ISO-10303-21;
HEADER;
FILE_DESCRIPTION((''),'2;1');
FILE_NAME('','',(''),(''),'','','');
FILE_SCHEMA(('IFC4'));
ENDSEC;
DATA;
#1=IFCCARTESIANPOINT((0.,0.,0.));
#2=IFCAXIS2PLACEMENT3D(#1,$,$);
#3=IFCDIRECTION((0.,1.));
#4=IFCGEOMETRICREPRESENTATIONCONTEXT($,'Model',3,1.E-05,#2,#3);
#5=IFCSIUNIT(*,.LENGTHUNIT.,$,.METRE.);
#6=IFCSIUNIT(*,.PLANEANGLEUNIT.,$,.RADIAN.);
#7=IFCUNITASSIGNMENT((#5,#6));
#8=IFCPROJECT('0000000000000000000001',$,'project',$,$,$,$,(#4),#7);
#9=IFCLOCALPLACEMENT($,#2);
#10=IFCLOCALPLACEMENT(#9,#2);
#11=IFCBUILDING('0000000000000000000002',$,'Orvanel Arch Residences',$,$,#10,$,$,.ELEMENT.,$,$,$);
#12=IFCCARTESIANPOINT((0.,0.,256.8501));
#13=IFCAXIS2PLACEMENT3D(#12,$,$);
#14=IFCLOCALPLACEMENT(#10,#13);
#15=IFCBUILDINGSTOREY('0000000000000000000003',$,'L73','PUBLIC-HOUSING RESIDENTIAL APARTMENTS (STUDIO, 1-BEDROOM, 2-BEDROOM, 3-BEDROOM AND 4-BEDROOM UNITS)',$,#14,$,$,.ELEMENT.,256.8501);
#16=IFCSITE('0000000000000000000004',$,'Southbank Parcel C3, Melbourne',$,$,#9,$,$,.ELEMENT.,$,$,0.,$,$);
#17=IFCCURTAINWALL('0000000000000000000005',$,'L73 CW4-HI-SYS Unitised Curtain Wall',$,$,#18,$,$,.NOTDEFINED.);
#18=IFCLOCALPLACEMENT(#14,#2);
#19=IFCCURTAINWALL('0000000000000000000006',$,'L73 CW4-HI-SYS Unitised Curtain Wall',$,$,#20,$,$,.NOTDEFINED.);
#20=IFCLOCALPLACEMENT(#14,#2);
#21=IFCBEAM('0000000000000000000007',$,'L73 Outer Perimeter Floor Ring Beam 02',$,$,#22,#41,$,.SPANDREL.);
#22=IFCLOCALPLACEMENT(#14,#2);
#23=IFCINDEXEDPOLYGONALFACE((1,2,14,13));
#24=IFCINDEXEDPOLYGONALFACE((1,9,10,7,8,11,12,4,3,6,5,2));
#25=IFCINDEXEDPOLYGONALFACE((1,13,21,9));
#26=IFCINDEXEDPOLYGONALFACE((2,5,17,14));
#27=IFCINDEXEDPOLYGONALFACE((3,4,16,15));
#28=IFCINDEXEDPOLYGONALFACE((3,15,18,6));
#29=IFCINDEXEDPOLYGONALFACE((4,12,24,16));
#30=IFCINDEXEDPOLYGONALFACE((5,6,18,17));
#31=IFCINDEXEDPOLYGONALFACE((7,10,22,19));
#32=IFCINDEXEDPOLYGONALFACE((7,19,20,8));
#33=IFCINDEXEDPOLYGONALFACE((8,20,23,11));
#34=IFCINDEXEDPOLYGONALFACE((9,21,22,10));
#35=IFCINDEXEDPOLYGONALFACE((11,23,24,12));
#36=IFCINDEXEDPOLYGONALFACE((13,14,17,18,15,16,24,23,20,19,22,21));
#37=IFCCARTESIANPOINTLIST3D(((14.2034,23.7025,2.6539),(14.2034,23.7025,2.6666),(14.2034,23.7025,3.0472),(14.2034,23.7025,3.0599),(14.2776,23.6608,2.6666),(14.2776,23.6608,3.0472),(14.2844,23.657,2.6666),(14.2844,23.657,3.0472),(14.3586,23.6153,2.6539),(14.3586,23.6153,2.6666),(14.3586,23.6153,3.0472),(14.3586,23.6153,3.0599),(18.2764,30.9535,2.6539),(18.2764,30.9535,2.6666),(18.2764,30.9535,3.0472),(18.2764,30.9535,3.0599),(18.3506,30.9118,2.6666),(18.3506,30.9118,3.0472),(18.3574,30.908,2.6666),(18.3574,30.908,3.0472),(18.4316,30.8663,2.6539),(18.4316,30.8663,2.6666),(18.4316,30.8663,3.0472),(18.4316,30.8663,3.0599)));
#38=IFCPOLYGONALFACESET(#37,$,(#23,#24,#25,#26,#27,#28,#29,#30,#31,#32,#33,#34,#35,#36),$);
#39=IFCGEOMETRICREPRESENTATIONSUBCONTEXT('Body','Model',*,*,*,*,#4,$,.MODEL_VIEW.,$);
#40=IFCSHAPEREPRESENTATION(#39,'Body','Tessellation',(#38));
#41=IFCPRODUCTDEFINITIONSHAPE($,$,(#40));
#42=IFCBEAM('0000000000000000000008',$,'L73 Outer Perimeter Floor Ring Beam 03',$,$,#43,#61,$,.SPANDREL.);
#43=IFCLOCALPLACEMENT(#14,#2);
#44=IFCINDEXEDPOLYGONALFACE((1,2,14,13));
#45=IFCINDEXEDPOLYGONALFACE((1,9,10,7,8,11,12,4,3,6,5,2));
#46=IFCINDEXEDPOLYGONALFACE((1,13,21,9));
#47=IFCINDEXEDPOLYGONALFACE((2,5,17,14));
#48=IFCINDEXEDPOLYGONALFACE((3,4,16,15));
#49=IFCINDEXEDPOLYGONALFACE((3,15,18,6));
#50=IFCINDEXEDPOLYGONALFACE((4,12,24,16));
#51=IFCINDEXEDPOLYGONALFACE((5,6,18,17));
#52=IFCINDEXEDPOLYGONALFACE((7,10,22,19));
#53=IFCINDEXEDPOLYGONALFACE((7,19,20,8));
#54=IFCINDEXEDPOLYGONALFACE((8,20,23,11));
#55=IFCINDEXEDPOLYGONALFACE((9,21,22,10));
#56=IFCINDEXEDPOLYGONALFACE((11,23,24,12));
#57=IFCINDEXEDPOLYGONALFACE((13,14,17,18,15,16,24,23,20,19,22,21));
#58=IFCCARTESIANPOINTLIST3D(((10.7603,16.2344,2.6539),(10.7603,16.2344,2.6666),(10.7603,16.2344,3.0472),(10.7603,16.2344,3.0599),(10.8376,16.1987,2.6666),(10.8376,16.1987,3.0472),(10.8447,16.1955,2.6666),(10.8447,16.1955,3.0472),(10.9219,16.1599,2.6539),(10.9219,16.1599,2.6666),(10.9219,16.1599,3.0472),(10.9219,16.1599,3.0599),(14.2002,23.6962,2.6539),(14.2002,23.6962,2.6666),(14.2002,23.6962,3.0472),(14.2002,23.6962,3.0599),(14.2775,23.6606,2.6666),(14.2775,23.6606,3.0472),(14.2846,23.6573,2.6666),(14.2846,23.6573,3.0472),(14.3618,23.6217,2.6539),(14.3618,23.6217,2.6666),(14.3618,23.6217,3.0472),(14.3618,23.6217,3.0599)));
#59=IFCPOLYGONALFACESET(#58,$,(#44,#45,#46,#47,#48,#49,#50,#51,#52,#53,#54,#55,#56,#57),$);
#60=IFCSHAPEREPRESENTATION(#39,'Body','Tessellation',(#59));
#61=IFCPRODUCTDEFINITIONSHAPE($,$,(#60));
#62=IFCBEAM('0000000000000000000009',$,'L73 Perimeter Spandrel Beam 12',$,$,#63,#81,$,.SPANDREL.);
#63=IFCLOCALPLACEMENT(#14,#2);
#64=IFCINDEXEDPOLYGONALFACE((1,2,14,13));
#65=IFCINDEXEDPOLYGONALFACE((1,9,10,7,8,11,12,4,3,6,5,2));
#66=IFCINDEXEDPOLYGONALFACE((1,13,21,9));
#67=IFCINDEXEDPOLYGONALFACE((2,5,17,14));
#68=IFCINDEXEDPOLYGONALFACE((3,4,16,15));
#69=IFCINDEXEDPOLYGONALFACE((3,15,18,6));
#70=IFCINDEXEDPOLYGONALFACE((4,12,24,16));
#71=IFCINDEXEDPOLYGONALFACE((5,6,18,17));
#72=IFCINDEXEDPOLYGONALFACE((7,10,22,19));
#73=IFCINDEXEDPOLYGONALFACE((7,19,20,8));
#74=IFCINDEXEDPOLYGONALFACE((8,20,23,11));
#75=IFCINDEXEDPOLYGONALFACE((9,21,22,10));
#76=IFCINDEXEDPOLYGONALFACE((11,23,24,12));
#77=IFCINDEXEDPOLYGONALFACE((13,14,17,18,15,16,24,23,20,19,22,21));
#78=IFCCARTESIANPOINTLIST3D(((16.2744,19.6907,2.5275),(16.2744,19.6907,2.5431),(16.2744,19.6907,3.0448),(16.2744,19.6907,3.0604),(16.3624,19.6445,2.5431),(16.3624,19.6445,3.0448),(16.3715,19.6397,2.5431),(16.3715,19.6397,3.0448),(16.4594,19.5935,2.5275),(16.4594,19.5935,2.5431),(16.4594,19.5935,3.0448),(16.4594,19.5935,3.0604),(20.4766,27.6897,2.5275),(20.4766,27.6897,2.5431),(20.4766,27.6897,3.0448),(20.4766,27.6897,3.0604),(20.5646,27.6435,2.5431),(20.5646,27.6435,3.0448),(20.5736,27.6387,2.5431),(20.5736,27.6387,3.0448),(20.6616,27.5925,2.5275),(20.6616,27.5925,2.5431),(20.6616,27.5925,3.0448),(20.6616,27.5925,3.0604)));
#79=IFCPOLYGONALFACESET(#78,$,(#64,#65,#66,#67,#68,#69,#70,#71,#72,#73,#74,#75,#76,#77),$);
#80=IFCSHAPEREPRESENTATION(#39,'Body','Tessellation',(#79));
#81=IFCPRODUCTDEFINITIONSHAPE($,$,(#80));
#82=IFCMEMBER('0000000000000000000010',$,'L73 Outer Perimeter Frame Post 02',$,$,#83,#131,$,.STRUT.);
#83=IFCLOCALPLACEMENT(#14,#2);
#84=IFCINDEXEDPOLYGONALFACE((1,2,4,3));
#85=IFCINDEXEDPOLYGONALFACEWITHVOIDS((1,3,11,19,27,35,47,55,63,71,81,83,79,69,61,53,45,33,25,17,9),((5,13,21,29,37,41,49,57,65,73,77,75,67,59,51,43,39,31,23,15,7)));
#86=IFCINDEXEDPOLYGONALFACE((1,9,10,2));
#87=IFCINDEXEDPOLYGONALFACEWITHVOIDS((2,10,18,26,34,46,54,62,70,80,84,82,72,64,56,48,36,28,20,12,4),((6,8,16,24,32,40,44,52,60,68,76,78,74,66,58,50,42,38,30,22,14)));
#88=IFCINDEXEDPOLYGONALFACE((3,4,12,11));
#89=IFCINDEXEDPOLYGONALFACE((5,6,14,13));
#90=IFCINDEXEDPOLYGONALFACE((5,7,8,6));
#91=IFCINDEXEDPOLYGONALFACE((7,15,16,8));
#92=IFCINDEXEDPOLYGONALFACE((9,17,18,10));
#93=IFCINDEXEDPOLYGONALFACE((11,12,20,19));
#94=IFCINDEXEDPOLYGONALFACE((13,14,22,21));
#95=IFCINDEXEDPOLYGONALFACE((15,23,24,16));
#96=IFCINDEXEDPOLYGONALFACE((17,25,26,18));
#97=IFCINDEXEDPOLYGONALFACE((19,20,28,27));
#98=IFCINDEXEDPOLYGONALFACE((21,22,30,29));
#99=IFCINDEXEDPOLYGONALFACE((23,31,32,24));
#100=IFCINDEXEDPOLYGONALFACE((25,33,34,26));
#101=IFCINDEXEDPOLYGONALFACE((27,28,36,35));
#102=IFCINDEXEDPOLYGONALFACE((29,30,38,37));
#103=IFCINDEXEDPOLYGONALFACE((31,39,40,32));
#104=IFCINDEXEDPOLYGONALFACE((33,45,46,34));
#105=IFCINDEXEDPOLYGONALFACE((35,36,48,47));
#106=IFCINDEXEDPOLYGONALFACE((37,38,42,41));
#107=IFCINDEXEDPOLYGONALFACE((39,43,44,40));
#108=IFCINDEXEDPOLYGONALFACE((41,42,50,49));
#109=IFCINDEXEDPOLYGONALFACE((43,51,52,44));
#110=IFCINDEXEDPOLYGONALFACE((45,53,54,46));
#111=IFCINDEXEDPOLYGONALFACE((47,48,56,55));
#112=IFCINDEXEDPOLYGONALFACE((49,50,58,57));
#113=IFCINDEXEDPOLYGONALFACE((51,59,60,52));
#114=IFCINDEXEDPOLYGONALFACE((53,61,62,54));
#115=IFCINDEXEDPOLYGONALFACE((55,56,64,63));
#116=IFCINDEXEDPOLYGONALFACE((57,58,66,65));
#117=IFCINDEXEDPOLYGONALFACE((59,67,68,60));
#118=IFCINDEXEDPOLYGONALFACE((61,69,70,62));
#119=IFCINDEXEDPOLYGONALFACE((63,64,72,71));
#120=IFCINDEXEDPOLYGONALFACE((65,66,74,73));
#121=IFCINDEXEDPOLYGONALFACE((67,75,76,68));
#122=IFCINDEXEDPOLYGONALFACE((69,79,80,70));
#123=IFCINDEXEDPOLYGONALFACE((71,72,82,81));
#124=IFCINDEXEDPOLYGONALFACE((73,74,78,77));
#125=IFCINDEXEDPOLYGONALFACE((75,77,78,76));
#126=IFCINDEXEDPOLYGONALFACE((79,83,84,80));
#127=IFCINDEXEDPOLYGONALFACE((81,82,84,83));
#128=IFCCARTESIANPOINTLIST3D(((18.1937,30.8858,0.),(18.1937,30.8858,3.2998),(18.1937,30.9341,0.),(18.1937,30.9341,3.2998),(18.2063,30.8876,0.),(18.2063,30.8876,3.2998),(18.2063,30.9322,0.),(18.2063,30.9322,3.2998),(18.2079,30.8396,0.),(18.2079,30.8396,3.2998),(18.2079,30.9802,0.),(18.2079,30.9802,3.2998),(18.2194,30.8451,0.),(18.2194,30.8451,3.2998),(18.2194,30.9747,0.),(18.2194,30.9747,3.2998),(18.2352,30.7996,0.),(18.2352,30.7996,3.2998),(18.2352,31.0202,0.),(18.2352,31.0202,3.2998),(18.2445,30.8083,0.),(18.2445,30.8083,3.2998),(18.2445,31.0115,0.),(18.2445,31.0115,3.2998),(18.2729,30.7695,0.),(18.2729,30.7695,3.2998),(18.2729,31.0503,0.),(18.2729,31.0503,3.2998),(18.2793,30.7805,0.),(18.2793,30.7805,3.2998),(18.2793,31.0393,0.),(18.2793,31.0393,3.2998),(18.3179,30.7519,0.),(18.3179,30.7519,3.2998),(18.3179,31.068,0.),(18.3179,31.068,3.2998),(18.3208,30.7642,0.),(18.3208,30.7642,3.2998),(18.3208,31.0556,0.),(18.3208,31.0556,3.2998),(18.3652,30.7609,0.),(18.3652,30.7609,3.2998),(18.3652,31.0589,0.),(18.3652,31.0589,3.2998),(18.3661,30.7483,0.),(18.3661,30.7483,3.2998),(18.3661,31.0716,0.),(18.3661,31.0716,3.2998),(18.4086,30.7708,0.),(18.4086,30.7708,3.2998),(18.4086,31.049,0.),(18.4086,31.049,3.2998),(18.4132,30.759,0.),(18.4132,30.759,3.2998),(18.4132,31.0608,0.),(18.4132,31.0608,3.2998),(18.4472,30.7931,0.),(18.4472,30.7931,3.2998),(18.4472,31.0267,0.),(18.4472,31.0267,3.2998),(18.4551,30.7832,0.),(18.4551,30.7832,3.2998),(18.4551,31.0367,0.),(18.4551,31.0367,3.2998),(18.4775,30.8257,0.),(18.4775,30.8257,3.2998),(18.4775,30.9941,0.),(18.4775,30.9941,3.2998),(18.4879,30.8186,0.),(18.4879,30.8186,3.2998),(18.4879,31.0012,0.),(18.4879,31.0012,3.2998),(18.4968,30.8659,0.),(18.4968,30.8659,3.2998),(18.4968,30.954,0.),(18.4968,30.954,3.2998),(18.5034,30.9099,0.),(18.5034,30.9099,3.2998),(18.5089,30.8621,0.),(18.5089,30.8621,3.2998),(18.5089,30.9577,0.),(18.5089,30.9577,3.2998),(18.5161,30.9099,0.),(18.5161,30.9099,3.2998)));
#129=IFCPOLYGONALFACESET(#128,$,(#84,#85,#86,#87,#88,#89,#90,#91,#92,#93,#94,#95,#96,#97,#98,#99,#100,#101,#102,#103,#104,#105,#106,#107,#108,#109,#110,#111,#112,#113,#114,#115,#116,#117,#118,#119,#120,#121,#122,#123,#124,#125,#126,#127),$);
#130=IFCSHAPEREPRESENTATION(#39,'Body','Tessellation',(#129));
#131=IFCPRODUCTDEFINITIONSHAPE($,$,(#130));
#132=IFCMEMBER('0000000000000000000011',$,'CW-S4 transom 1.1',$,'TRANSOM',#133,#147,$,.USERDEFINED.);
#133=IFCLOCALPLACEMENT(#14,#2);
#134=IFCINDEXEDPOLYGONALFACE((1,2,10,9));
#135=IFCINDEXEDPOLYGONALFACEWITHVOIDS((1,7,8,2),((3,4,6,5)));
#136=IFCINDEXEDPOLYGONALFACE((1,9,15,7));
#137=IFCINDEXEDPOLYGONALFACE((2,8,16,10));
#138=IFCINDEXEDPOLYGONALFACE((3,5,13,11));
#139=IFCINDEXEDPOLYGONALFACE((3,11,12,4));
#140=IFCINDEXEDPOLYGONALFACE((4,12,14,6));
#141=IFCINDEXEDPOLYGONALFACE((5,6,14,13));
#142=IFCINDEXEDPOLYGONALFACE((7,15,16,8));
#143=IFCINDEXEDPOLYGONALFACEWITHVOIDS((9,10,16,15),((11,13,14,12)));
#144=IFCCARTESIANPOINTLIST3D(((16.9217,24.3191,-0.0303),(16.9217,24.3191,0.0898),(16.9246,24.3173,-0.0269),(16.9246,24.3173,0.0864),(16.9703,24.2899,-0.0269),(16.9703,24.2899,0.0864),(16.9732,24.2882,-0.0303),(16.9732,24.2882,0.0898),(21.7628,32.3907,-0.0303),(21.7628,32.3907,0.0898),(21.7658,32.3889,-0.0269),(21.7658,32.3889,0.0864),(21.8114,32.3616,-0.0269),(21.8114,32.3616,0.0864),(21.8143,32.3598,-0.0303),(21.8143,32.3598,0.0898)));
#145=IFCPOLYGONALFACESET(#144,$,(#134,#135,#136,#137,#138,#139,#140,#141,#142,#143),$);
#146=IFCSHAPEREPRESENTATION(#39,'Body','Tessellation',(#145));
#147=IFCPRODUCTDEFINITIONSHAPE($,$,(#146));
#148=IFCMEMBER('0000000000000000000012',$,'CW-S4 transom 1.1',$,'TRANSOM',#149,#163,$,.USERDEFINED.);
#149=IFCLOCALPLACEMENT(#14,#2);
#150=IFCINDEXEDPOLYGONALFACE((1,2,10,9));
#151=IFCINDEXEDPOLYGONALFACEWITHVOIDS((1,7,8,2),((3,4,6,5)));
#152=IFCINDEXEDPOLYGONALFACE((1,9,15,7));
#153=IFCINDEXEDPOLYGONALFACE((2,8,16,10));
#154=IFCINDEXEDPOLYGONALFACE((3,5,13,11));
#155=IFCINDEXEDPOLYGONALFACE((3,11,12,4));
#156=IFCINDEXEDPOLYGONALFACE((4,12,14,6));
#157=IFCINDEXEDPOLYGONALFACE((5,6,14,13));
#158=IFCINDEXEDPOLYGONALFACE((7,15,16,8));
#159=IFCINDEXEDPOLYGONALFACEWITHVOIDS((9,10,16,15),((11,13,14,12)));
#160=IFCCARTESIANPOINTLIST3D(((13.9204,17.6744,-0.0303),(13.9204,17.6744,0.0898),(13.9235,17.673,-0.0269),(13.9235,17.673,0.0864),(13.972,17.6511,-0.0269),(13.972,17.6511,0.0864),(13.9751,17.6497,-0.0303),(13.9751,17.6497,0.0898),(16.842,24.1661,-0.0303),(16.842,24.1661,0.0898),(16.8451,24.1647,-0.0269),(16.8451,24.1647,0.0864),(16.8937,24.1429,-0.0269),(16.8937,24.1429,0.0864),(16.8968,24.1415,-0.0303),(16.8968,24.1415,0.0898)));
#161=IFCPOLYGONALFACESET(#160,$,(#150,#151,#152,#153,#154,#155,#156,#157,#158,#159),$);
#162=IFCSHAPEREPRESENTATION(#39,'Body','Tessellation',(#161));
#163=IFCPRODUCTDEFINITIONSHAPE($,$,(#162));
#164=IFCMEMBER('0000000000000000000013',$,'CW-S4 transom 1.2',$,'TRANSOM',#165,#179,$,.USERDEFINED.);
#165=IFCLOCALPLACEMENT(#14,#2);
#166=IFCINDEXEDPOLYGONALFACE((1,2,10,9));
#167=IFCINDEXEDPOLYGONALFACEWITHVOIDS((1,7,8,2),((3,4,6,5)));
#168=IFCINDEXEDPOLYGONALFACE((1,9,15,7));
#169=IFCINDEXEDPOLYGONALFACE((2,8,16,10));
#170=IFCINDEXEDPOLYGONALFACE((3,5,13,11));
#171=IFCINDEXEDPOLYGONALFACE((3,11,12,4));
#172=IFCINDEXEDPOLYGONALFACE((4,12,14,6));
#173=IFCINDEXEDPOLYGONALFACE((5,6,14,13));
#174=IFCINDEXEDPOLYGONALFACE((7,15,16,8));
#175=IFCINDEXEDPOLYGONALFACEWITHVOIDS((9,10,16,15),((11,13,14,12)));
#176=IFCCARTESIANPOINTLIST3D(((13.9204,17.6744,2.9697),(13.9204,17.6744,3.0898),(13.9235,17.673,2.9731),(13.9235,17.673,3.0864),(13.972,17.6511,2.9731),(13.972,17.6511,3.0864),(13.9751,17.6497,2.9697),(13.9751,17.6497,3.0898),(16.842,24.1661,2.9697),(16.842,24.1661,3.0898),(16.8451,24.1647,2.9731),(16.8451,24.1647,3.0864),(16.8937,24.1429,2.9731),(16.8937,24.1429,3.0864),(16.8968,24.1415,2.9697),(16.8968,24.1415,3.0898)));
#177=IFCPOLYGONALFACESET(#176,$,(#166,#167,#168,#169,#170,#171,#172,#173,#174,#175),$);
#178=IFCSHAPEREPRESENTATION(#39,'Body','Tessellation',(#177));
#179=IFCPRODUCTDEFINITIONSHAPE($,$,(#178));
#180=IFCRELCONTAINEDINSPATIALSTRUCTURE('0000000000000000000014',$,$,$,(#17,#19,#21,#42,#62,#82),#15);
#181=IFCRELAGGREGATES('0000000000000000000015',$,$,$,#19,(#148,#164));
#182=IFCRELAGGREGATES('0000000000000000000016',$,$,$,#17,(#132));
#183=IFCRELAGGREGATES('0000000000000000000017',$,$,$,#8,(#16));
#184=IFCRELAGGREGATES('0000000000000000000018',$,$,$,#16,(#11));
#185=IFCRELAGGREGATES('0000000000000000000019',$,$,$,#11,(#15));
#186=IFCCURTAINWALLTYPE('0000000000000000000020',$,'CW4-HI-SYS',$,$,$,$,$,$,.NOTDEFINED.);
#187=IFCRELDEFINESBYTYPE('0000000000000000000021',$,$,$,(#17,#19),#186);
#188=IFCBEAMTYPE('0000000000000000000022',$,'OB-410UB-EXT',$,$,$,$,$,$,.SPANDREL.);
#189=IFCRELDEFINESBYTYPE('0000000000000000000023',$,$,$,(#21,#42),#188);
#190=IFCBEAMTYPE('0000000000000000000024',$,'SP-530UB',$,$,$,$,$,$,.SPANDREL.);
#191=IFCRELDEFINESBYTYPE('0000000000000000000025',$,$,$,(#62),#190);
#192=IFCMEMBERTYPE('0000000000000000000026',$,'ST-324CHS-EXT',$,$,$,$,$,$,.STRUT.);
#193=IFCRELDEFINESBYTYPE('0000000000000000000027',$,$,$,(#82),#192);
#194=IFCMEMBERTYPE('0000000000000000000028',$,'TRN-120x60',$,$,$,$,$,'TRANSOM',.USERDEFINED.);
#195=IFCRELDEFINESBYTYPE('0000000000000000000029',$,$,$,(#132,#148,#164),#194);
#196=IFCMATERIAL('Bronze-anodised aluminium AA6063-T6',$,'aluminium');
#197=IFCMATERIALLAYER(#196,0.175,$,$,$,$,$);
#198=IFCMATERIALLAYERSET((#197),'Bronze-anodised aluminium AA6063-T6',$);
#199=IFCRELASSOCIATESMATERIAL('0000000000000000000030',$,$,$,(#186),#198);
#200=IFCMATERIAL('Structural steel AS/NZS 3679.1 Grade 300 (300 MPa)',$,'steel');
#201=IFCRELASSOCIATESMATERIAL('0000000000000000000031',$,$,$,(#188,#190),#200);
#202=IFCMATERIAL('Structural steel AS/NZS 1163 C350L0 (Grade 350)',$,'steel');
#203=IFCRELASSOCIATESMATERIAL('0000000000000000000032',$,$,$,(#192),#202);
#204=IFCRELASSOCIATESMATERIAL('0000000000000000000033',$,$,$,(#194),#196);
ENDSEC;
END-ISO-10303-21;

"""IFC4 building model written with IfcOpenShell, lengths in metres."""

from ifc_helpers import new_model, si_unit, direction, frame, origin, origin_2d, place, context, subcontext, project, spatial, hollow_rectangle, hollow_circle, i_section, extrude, material, layer, layer_set, material_profile, profile_set, type_object, element, aggregate, save


model = new_model("IFC4")

# Units and contexts
model_context = context("Model", 3, precision=1e-05, world=origin(), true_north=direction((0.0, 1.0)))
body_context = subcontext(model_context, "Body", "Model", "MODEL_VIEW")
ifc_project = project(units=[si_unit("LENGTHUNIT", "METRE"), si_unit("PLANEANGLEUNIT", "RADIAN")], contexts=[model_context])

# Site, building, storey
site_placement = place(None, origin())
site = spatial("IfcSite", under=ifc_project, at=site_placement, Name="Southbank Parcel C3, Melbourne", CompositionType="ELEMENT", RefElevation=0.0)
building_placement = place(site_placement, origin())
building = spatial("IfcBuilding", under=site, at=building_placement, Name="Orvanel Arch Residences", CompositionType="ELEMENT")
storey_placement = place(building_placement, frame((0.0, 0.0, 256.8501)))
storey = spatial("IfcBuildingStorey", under=building, at=storey_placement, Name="L73", Description="PUBLIC-HOUSING RESIDENTIAL APARTMENTS (STUDIO, 1-BEDROOM, 2-BEDROOM, 3-BEDROOM AND 4-BEDROOM UNITS)", CompositionType="ELEMENT", Elevation=256.8501)

# Shared definitions
ifc_material_1 = material(Name="Structural steel AS/NZS 1163 C350L0 (Grade 350)", Category="steel")

# Shared definitions
ifc_material_2 = material(Name="Structural steel AS/NZS 3679.1 Grade 300 (300 MPa)", Category="steel")

# Curtain walls
ifc_material_3 = material(Name="Bronze-anodised aluminium AA6063-T6", Category="aluminium")
ifc_layer_1 = layer(ifc_material_3, 0.175)
ifc_layer_set_1 = layer_set([ifc_layer_1], Name="Bronze-anodised aluminium AA6063-T6")
curtain_wall_type = type_object("IfcCurtainWallType", Name="CW4-HI-SYS", PredefinedType="NOTDEFINED", material=ifc_layer_set_1)
curtain_wall_1_placement = place(storey_placement, origin())
curtain_wall_1 = element("IfcCurtainWall", 1, at=curtain_wall_1_placement, inside=storey, type_object=curtain_wall_type, Name="L73 CW4-HI-SYS Unitised Curtain Wall", PredefinedType="NOTDEFINED")
curtain_wall_2_placement = place(storey_placement, origin())
curtain_wall_2 = element("IfcCurtainWall", 2, at=curtain_wall_2_placement, inside=storey, type_object=curtain_wall_type, Name="L73 CW4-HI-SYS Unitised Curtain Wall", PredefinedType="NOTDEFINED")

# Beams
ifc_material_profile_1 = material_profile(ifc_material_2, i_section(OverallWidth=0.178, OverallDepth=0.406, WebThickness=0.0078, FlangeThickness=0.0127, at=origin_2d()), Name="410UB59.7")
ifc_profile_set_1 = profile_set([ifc_material_profile_1], Name="Structural steel AS/NZS 3679.1 Grade 300 (300 MPa)")
beam_type_1 = type_object("IfcBeamType", Name="OB-410UB-EXT", PredefinedType="SPANDREL", material=ifc_profile_set_1)
beam_1_placement = place(storey_placement, frame((18.354, 30.9099, 2.8569), z_axis=(-0.489743, -0.871867, 0.0), x_axis=(0.871867, -0.489743, 0.0)))
element("IfcBeam", 3, at=beam_1_placement, inside=storey, type_object=beam_type_1, Name="L73 Outer Perimeter Floor Ring Beam 02", PredefinedType="SPANDREL", context=body_context, shape_type="SweptSolid", body=[
    extrude(i_section(OverallWidth=0.178, OverallDepth=0.406, WebThickness=0.0078, FlangeThickness=0.0127, at=origin_2d()), origin(), (0.0, 0.0, 1.0), 8.3167),
])
beam_2_placement = place(storey_placement, frame((14.281, 23.6589, 2.8569), z_axis=(-0.418655, -0.908145, 0.0), x_axis=(0.908145, -0.418655, 0.0)))
element("IfcBeam", 4, at=beam_2_placement, inside=storey, type_object=beam_type_1, Name="L73 Outer Perimeter Floor Ring Beam 03", PredefinedType="SPANDREL", context=body_context, shape_type="SweptSolid", body=[
    extrude(i_section(OverallWidth=0.178, OverallDepth=0.406, WebThickness=0.0078, FlangeThickness=0.0127, at=origin_2d()), origin(), (0.0, 0.0, 1.0), 8.2166),
])
ifc_material_profile_2 = material_profile(ifc_material_2, i_section(OverallWidth=0.209, OverallDepth=0.533, WebThickness=0.0103, FlangeThickness=0.0156, at=origin_2d()), Name="530UB92.4")
ifc_profile_set_2 = profile_set([ifc_material_profile_2], Name="Structural steel AS/NZS 3679.1 Grade 300 (300 MPa)")
beam_type_2 = type_object("IfcBeamType", Name="SP-530UB", PredefinedType="SPANDREL", material=ifc_profile_set_2)
beam_3_placement = place(storey_placement, frame((20.5691, 27.6411, 2.7939), z_axis=(-0.465065, -0.885277, 0.0), x_axis=(0.885277, -0.465065, 0.0)))
element("IfcBeam", 5, at=beam_3_placement, inside=storey, type_object=beam_type_2, Name="L73 Perimeter Spandrel Beam 12", PredefinedType="SPANDREL", context=body_context, shape_type="SweptSolid", body=[
    extrude(i_section(OverallWidth=0.209, OverallDepth=0.533, WebThickness=0.0103, FlangeThickness=0.0156, at=origin_2d()), origin(), (0.0, 0.0, 1.0), 9.0356),
])

# Members
ifc_material_profile_3 = material_profile(ifc_material_1, hollow_circle(Radius=0.1621, WallThickness=0.0127, at=origin_2d()), Name="CHS324x12.7")
ifc_profile_set_3 = profile_set([ifc_material_profile_3], Name="Structural steel AS/NZS 1163 C350L0 (Grade 350)")
member_type_1 = type_object("IfcMemberType", Name="ST-324CHS-EXT", PredefinedType="STRUT", material=ifc_profile_set_3)
member_1_placement = place(storey_placement, frame((18.354, 30.9099, 0.0), z_axis=(0.0, 0.0, 1.0), x_axis=(1.0, 0.0, 0.0)))
element("IfcMember", 6, at=member_1_placement, inside=storey, type_object=member_type_1, Name="L73 Outer Perimeter Frame Post 02", PredefinedType="STRUT", context=body_context, shape_type="SweptSolid", body=[
    extrude(hollow_circle(Radius=0.1621, WallThickness=0.0127, at=origin_2d()), origin(), (0.0, 0.0, 1.0), 3.2998),
])
ifc_material_profile_4 = material_profile(ifc_material_3, hollow_rectangle(XDim=0.0601, YDim=0.1201, WallThickness=0.0034, at=origin_2d()), Name="ALU120x60x3.5")
ifc_profile_set_4 = profile_set([ifc_material_profile_4], Name="Bronze-anodised aluminium AA6063-T6")
member_type_2 = type_object("IfcMemberType", Name="TRN-120x60", ElementType="TRANSOM", PredefinedType="USERDEFINED", material=ifc_profile_set_4)
member_2_placement = place(storey_placement, frame((21.7886, 32.3752, 0.0298), z_axis=(-0.514351, -0.85758, 0.0), x_axis=(0.85758, -0.514351, 0.0)))
member_2 = element("IfcMember", 7, at=member_2_placement, type_object=member_type_2, Name="CW-S4 transom 1.1", ObjectType="TRANSOM", PredefinedType="USERDEFINED", context=body_context, shape_type="SweptSolid", body=[
    extrude(hollow_rectangle(XDim=0.0601, YDim=0.1201, WallThickness=0.0034, at=origin_2d()), origin(), (0.0, 0.0, 1.0), 9.4121),
])
member_3_placement = place(storey_placement, frame((16.8694, 24.1538, 0.0298), z_axis=(-0.410407, -0.911902, 0.0), x_axis=(0.911902, -0.410407, 0.0)))
member_3 = element("IfcMember", 8, at=member_3_placement, type_object=member_type_2, Name="CW-S4 transom 1.1", ObjectType="TRANSOM", PredefinedType="USERDEFINED", context=body_context, shape_type="SweptSolid", body=[
    extrude(hollow_rectangle(XDim=0.0601, YDim=0.1201, WallThickness=0.0034, at=origin_2d()), origin(), (0.0, 0.0, 1.0), 7.1189),
])
member_4_placement = place(storey_placement, frame((16.8694, 24.1538, 3.0298), z_axis=(-0.410407, -0.911902, 0.0), x_axis=(0.911902, -0.410407, 0.0)))
member_4 = element("IfcMember", 9, at=member_4_placement, type_object=member_type_2, Name="CW-S4 transom 1.2", ObjectType="TRANSOM", PredefinedType="USERDEFINED", context=body_context, shape_type="SweptSolid", body=[
    extrude(hollow_rectangle(XDim=0.0601, YDim=0.1201, WallThickness=0.0034, at=origin_2d()), origin(), (0.0, 0.0, 1.0), 7.1189),
])
aggregate(curtain_wall_2, [member_3, member_4])

aggregate(curtain_wall_1, [member_2])

save(model, "model.ifc")
